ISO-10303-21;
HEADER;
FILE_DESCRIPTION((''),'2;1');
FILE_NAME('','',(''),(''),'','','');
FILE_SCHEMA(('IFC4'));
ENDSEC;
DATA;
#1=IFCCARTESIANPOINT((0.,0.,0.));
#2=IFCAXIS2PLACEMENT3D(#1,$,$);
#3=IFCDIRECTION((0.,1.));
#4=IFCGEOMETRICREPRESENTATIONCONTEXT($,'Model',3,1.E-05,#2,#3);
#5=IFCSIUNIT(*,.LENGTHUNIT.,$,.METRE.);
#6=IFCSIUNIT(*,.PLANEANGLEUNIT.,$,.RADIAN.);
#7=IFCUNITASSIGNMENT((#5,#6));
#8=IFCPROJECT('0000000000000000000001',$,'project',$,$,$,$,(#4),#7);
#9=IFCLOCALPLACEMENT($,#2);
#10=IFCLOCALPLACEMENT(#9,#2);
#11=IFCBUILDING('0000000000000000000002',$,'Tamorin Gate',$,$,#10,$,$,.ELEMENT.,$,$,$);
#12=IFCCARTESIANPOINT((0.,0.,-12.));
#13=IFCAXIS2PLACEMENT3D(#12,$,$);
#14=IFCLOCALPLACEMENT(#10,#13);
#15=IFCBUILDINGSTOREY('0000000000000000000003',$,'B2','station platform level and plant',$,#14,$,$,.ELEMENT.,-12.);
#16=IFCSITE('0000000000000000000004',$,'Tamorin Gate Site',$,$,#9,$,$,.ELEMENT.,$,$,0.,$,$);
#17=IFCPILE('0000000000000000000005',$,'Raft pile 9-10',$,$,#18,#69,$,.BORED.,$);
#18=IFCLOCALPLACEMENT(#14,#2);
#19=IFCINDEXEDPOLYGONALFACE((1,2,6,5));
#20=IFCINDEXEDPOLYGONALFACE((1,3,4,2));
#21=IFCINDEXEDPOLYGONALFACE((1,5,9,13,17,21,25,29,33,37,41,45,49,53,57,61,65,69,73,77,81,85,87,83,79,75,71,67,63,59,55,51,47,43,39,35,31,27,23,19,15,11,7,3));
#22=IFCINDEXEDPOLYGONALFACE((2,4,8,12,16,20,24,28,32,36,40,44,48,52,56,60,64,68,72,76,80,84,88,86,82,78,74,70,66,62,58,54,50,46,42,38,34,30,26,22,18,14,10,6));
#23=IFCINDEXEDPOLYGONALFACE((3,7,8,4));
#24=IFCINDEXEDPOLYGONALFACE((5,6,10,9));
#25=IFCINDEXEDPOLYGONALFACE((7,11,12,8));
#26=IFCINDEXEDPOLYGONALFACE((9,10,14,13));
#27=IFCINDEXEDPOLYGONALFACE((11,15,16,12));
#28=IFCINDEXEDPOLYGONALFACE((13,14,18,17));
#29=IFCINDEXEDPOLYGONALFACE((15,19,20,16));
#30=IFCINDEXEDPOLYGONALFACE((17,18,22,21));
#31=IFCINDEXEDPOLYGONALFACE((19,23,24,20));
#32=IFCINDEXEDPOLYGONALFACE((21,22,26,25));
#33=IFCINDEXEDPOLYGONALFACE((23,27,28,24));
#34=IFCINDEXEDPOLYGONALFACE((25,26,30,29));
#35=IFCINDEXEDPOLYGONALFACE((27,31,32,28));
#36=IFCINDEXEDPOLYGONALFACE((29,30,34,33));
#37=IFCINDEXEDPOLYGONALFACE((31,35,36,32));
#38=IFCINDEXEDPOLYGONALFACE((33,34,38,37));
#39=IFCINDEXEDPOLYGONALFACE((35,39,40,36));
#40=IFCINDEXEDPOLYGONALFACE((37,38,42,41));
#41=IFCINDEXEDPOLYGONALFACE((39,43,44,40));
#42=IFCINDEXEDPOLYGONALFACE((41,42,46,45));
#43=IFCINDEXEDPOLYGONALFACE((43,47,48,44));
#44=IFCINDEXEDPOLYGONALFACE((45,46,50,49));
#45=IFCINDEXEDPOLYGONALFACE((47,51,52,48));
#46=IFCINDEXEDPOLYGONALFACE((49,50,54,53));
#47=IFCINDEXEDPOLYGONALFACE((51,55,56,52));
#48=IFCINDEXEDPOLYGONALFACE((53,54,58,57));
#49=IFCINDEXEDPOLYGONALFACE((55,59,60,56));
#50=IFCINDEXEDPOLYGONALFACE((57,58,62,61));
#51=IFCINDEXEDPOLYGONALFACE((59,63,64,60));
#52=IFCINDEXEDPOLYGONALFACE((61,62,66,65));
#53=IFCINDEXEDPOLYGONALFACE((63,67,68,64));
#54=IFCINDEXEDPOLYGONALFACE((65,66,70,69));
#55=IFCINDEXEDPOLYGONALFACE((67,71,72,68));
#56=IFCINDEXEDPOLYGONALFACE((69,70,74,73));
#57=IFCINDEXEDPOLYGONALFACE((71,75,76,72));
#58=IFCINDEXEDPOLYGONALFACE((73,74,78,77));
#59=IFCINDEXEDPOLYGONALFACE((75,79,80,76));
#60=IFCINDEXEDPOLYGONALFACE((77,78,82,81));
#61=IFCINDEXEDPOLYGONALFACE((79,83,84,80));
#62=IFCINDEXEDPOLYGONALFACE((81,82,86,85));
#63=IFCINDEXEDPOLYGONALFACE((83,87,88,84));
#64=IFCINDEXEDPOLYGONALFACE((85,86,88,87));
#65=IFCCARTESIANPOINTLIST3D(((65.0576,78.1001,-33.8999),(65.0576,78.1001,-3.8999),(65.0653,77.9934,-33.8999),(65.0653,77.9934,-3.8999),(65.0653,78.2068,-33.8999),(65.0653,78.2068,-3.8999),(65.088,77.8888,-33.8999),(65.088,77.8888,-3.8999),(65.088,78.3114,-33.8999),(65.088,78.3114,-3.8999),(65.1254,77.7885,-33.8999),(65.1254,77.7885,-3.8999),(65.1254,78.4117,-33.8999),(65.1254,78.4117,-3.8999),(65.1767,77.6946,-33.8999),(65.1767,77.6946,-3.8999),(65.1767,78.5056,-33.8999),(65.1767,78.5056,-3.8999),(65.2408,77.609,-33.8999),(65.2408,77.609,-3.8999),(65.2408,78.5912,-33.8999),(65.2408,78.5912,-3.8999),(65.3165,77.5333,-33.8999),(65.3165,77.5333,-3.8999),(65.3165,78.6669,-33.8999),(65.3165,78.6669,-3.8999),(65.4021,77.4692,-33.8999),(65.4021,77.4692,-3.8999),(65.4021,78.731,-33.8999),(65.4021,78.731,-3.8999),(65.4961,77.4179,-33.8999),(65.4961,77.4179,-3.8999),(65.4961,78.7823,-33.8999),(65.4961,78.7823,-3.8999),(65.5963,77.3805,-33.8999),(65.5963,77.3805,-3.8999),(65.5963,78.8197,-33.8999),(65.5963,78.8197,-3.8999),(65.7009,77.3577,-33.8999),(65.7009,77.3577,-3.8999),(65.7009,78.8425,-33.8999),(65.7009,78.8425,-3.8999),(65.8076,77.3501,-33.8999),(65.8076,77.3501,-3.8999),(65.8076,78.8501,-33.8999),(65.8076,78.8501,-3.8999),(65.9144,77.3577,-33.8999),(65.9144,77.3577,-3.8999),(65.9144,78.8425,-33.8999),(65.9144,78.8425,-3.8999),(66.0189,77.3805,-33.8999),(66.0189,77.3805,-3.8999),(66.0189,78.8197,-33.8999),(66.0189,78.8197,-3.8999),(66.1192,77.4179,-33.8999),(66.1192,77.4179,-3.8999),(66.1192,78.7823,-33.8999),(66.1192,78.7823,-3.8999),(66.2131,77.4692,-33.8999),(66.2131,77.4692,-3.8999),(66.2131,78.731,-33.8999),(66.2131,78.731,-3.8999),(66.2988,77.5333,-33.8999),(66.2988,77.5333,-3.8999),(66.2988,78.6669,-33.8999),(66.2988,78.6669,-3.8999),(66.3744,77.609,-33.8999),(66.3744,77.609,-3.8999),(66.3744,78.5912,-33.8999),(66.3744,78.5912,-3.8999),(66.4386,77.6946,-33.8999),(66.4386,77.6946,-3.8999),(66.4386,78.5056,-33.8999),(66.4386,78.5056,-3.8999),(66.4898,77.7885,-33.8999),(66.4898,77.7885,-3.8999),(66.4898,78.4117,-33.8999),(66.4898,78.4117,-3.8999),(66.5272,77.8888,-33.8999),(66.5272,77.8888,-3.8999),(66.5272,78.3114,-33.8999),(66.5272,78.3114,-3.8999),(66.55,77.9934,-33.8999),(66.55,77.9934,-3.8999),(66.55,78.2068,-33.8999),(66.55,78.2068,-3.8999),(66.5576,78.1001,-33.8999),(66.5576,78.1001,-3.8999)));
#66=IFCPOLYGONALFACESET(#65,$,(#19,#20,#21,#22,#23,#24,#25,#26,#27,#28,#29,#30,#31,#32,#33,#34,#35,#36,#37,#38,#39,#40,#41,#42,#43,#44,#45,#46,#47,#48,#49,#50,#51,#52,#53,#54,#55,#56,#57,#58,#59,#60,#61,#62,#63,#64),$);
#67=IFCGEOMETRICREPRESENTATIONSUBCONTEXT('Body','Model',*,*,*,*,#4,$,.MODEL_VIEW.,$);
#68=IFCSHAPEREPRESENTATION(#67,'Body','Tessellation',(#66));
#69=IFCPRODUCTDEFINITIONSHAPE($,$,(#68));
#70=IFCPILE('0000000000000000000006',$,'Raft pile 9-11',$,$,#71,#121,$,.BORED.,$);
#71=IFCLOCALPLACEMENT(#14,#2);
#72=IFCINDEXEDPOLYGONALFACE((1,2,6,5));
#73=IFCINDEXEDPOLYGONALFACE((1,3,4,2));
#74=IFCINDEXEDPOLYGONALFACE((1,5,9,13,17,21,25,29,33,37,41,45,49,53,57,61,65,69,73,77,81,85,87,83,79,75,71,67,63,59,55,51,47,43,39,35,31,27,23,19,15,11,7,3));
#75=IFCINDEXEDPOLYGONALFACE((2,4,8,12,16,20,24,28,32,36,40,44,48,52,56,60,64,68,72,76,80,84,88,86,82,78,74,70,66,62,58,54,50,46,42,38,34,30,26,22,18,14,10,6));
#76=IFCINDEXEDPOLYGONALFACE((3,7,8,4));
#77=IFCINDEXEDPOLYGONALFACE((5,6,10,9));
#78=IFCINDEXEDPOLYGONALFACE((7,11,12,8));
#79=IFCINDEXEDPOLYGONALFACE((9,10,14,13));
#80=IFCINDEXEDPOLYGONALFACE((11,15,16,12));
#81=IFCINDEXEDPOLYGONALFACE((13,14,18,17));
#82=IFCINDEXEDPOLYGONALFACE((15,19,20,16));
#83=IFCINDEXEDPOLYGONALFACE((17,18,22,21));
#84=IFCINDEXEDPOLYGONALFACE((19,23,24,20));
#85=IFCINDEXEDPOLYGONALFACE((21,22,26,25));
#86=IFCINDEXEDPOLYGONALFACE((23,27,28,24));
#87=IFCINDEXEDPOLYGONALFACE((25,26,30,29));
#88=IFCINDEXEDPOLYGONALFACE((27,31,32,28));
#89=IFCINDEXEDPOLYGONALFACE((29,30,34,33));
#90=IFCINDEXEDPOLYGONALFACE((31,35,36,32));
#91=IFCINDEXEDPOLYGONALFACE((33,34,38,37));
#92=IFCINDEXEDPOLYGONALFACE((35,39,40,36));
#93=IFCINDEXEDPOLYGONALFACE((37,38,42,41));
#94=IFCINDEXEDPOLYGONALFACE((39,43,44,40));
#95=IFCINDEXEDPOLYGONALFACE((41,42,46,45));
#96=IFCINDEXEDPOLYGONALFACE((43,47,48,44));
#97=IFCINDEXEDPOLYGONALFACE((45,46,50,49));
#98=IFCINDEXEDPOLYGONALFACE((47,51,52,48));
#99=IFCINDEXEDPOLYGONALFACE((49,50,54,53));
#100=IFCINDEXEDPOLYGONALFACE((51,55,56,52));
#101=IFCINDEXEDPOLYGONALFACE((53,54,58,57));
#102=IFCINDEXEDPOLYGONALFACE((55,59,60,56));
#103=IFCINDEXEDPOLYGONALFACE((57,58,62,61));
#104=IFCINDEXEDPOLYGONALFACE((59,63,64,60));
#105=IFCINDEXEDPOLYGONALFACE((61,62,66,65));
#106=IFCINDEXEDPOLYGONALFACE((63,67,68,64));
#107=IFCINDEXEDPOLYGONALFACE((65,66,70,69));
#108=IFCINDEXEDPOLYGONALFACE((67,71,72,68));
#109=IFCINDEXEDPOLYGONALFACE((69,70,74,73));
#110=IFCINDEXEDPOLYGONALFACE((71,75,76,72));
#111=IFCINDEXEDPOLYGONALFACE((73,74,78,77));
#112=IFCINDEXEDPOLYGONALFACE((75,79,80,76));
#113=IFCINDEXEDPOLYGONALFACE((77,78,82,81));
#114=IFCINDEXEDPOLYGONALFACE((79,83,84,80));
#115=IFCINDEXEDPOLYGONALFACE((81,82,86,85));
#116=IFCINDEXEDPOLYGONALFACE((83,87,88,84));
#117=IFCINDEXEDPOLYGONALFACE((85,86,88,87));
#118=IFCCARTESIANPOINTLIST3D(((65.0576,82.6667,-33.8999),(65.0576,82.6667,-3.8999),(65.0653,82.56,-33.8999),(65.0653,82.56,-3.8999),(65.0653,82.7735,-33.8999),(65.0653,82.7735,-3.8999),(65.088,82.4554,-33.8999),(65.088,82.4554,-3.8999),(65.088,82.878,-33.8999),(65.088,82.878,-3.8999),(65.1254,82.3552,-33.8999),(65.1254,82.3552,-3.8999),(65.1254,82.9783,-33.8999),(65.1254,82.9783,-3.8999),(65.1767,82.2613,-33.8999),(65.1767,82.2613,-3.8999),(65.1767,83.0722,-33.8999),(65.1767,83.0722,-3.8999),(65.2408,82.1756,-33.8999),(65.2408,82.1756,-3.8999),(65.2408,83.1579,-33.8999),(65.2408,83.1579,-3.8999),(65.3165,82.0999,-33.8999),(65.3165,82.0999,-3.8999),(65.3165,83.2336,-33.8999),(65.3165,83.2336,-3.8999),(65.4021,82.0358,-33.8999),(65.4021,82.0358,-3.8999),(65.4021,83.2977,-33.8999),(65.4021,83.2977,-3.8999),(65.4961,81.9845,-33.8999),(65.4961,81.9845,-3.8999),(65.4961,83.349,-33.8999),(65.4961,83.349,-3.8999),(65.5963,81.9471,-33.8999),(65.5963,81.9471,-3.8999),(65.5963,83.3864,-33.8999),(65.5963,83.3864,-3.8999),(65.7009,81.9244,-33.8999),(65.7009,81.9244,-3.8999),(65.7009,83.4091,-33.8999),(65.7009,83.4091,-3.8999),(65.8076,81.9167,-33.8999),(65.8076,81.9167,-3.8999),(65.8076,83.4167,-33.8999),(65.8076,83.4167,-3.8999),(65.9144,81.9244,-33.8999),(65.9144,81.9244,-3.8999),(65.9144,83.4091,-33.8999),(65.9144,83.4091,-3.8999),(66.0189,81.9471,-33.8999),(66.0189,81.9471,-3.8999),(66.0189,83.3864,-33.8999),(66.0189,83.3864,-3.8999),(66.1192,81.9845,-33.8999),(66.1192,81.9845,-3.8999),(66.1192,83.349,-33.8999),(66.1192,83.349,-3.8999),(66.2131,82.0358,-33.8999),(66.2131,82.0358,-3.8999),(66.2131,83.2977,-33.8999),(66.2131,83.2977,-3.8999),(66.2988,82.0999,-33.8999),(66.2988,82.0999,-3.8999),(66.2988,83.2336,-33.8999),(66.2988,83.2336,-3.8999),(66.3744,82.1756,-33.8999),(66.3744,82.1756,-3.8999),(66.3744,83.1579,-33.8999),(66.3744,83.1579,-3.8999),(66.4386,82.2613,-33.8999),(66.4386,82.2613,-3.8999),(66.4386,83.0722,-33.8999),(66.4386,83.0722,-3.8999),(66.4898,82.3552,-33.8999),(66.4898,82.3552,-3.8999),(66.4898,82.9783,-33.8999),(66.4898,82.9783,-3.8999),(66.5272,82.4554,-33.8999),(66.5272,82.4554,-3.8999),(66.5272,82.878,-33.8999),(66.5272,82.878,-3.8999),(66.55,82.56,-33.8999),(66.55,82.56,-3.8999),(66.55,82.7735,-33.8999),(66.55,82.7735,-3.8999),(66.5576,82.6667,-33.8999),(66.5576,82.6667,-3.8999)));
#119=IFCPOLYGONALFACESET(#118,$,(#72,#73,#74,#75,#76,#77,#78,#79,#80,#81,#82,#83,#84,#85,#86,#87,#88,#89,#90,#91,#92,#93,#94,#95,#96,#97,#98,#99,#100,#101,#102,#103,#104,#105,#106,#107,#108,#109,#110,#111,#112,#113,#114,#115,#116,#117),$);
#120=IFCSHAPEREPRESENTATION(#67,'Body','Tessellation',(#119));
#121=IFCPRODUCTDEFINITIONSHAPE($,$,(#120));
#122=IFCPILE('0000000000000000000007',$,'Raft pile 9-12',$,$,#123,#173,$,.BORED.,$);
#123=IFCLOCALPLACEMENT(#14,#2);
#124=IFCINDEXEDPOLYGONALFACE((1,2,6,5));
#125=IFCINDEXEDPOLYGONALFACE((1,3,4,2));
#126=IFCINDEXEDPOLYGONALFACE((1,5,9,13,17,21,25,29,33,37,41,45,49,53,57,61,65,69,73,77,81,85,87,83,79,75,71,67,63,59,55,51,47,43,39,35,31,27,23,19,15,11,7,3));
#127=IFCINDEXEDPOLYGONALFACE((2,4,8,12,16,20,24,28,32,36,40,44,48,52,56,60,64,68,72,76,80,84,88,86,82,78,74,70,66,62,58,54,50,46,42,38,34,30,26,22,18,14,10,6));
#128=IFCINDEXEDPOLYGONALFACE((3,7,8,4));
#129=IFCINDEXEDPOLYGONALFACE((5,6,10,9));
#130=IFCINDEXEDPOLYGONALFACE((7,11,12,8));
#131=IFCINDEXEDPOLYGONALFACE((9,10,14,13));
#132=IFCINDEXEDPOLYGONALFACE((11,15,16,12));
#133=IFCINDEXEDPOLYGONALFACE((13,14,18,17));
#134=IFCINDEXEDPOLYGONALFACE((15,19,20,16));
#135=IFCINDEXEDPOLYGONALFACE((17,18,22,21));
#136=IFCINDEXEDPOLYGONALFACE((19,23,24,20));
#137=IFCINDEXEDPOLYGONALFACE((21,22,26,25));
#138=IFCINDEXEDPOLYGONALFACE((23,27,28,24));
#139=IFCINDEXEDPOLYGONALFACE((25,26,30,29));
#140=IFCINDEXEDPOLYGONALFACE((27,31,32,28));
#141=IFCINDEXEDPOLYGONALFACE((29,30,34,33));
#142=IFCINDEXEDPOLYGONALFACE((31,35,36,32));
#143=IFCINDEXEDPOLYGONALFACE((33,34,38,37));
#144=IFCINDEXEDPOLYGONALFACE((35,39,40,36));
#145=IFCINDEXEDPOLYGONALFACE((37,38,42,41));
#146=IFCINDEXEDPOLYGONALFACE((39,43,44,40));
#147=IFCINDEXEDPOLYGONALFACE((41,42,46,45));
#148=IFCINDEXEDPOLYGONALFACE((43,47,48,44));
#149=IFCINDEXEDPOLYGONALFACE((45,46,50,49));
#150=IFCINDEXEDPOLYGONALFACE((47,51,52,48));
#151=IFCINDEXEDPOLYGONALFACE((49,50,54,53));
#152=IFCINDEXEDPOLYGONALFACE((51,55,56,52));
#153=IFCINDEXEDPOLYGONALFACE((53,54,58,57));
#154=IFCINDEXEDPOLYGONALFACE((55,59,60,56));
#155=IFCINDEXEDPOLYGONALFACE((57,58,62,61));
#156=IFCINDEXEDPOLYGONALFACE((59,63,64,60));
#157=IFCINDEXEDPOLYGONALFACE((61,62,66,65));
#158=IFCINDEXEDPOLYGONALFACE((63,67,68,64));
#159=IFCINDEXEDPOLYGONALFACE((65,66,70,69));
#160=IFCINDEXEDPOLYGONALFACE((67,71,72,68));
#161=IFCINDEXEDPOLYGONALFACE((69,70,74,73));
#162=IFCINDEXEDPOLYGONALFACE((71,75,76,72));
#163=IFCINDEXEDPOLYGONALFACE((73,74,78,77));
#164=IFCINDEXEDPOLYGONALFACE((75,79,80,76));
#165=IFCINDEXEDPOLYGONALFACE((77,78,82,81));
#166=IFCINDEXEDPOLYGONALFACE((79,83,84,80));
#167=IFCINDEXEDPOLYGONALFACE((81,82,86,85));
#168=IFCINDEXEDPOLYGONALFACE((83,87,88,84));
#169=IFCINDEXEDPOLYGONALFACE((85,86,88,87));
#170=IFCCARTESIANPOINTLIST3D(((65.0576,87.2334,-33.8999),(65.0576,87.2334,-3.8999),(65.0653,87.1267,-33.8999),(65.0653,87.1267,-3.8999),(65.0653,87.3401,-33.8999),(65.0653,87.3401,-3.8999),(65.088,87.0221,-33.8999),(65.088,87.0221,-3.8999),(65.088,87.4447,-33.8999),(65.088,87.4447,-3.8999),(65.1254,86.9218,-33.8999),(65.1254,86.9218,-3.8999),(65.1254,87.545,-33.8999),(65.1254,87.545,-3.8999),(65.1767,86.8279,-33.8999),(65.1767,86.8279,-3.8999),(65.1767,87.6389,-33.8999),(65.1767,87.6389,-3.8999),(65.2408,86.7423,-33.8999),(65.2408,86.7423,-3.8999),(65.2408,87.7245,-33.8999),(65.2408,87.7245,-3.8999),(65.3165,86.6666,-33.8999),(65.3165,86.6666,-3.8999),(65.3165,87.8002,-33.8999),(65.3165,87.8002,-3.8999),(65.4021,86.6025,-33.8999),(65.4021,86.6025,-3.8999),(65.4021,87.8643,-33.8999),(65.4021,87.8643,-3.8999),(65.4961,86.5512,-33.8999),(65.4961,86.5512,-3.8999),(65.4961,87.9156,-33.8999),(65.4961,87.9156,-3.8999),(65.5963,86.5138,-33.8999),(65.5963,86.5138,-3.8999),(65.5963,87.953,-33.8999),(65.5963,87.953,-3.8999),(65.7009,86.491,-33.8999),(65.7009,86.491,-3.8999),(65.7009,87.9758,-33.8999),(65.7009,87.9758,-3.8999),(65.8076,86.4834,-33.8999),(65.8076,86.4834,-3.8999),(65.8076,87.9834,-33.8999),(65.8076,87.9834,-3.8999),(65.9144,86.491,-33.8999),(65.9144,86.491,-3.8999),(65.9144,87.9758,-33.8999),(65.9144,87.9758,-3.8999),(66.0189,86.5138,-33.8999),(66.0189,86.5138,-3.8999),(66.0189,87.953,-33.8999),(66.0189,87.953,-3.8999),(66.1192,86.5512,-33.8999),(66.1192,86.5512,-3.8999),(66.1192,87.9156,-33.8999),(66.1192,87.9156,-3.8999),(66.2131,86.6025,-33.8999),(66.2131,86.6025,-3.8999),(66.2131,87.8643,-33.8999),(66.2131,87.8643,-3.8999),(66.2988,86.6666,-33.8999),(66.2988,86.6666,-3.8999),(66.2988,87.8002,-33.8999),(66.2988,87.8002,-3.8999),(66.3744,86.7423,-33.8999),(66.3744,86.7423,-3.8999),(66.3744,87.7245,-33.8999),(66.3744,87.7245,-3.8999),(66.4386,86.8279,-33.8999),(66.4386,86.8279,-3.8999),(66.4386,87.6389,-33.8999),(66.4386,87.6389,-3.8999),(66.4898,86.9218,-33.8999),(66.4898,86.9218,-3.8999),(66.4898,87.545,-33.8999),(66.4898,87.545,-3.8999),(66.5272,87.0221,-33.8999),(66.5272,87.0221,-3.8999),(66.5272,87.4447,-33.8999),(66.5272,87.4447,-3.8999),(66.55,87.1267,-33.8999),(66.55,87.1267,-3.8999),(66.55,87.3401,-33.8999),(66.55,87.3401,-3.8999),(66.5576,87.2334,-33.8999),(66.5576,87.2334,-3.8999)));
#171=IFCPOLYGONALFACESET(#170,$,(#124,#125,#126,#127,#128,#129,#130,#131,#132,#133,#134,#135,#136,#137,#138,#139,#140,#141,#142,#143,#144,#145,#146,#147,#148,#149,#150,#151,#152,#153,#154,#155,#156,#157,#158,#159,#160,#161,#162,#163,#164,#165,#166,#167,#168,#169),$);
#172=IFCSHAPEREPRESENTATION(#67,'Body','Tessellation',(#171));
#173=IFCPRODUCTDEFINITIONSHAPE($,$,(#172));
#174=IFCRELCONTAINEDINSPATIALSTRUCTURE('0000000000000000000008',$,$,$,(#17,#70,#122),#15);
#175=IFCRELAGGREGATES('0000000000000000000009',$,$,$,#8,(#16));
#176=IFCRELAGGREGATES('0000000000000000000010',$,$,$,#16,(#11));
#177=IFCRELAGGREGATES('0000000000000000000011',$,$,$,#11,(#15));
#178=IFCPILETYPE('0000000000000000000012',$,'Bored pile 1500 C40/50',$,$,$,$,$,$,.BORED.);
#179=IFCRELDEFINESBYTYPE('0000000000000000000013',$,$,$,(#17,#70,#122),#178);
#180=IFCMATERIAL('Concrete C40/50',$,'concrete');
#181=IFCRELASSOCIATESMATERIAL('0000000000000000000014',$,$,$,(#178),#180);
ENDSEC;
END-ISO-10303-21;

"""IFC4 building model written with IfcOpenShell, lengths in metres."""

from ifc_helpers import new_model, si_unit, direction, frame, origin, origin_2d, place, context, subcontext, project, spatial, circle, extrude, material, material_profile, profile_set, type_object, element, save


model = new_model("IFC4")

# Units and contexts
model_context = context("Model", 3, precision=1e-05, world=origin(), true_north=direction((0.0, 1.0)))
body_context = subcontext(model_context, "Body", "Model", "MODEL_VIEW")
ifc_project = project(units=[si_unit("LENGTHUNIT", "METRE"), si_unit("PLANEANGLEUNIT", "RADIAN")], contexts=[model_context])

# Site, building, storey
site_placement = place(None, origin())
site = spatial("IfcSite", under=ifc_project, at=site_placement, Name="Tamorin Gate Site", CompositionType="ELEMENT", RefElevation=0.0)
building_placement = place(site_placement, origin())
building = spatial("IfcBuilding", under=site, at=building_placement, Name="Tamorin Gate", CompositionType="ELEMENT")
storey_placement = place(building_placement, frame((0.0, 0.0, -12.0)))
storey = spatial("IfcBuildingStorey", under=building, at=storey_placement, Name="B2", Description="station platform level and plant", CompositionType="ELEMENT", Elevation=-12.0)

# Piles
ifc_material_1 = material(Name="Concrete C40/50", Category="concrete")
ifc_material_profile_1 = material_profile(ifc_material_1, circle(Radius=0.75, at=origin_2d()))
ifc_profile_set_1 = profile_set([ifc_material_profile_1], Name="Concrete C40/50")
pile_type = type_object("IfcPileType", Name="Bored pile 1500 C40/50", PredefinedType="BORED", material=ifc_profile_set_1)
for number, where, z_axis, x_axis, name in (
    (1, (65.8076, 78.1001, -3.8999), (0.0, 0.0, -1.0), (1.0, 0.0, 0.0), "Raft pile 9-10"),
    (2, (65.8076, 82.6667, -3.8999), (0.0, 0.0, -1.0), (1.0, 0.0, 0.0), "Raft pile 9-11"),
    (3, (65.8076, 87.2334, -3.8999), (0.0, 0.0, -1.0), (1.0, 0.0, 0.0), "Raft pile 9-12"),
):
    element("IfcPile", number, at=place(storey_placement, frame(where, z_axis=z_axis, x_axis=x_axis)), inside=storey, type_object=pile_type, Name=name, PredefinedType="BORED", context=body_context, shape_type="SweptSolid", body=[
        extrude(circle(Radius=0.75, at=origin_2d()), origin(), (0.0, 0.0, 1.0), 30.0),
    ])

save(model, "model.ifc")
